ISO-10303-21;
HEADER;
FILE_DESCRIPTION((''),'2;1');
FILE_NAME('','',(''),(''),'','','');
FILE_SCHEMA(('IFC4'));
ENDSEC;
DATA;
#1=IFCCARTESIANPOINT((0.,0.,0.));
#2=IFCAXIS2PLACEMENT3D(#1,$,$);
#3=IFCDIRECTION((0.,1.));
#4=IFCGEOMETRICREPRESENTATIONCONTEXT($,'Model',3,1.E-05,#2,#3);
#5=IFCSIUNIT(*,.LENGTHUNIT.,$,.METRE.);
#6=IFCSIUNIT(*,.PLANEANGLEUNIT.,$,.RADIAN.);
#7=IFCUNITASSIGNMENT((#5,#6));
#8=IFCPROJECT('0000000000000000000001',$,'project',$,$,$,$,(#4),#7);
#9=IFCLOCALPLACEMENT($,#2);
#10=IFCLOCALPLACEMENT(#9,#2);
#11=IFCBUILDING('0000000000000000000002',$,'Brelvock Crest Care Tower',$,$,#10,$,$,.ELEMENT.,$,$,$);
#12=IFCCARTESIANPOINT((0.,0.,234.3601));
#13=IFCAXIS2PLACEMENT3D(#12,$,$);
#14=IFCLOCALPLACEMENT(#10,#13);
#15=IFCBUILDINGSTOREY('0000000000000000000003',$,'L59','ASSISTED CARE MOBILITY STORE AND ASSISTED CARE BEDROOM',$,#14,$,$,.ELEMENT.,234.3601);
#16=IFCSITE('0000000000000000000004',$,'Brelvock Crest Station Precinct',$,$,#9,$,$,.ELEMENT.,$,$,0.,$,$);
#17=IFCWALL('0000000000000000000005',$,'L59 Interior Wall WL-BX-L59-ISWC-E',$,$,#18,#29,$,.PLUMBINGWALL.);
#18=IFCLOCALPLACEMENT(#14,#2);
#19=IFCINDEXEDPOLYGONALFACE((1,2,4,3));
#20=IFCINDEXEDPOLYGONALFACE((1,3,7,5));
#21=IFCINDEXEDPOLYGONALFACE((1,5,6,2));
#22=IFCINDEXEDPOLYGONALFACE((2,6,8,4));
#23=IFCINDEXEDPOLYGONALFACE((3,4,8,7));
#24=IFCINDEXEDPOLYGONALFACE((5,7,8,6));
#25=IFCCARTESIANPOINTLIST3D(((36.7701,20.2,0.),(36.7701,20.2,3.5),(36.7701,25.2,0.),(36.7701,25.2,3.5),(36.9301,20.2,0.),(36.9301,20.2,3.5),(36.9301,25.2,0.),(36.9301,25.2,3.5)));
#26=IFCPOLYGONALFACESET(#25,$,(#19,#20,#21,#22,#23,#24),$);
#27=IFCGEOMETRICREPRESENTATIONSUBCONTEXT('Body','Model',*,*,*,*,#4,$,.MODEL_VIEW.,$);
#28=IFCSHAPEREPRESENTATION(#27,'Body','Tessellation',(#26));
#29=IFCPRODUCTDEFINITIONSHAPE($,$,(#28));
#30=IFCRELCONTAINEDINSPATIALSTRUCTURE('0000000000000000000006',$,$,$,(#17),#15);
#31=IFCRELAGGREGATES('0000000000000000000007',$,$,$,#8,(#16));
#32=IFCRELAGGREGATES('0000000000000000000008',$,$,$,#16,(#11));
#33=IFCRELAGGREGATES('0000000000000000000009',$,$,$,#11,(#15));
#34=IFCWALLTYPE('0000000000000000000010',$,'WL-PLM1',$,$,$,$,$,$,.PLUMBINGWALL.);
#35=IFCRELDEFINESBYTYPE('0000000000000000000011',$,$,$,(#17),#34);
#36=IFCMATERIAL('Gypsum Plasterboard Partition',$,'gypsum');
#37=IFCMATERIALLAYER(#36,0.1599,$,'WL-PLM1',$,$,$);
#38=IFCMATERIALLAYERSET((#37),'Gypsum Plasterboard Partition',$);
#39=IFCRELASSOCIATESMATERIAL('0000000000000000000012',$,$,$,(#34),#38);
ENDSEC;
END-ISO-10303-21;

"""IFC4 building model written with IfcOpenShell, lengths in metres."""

from ifc_helpers import new_model, si_unit, direction, frame, frame_2d, origin, place, context, subcontext, project, spatial, rectangle, extrude, material, layer, layer_set, type_object, element, save


model = new_model("IFC4")

# Units and contexts
model_context = context("Model", 3, precision=1e-05, world=origin(), true_north=direction((0.0, 1.0)))
body_context = subcontext(model_context, "Body", "Model", "MODEL_VIEW")
ifc_project = project(units=[si_unit("LENGTHUNIT", "METRE"), si_unit("PLANEANGLEUNIT", "RADIAN")], contexts=[model_context])

# Site, building, storey
site_placement = place(None, origin())
site = spatial("IfcSite", under=ifc_project, at=site_placement, Name="Brelvock Crest Station Precinct", CompositionType="ELEMENT", RefElevation=0.0)
building_placement = place(site_placement, origin())
building = spatial("IfcBuilding", under=site, at=building_placement, Name="Brelvock Crest Care Tower", CompositionType="ELEMENT")
storey_placement = place(building_placement, frame((0.0, 0.0, 234.3601)))
storey = spatial("IfcBuildingStorey", under=building, at=storey_placement, Name="L59", Description="ASSISTED CARE MOBILITY STORE AND ASSISTED CARE BEDROOM", CompositionType="ELEMENT", Elevation=234.3601)

# Shared definitions
ifc_material_1 = material(Name="Gypsum Plasterboard Partition", Category="gypsum")
ifc_layer_1 = layer(ifc_material_1, 0.1599, Name="WL-PLM1")
ifc_layer_set_1 = layer_set([ifc_layer_1], Name="Gypsum Plasterboard Partition")
wall_type_1 = type_object("IfcWallType", Name="WL-PLM1", PredefinedType="PLUMBINGWALL", material=ifc_layer_set_1)

# Wall
wall_1_placement = place(storey_placement, frame((36.8501, 20.2, 0.0), z_axis=(0.0, 0.0, 1.0), x_axis=(0.0, 1.0, 0.0)))
element("IfcWall", 1, at=wall_1_placement, inside=storey, type_object=wall_type_1, Name="L59 Interior Wall WL-BX-L59-ISWC-E", PredefinedType="PLUMBINGWALL", context=body_context, shape_type="SweptSolid", body=[
    extrude(rectangle(XDim=5.0, YDim=0.1599, at=frame_2d((2.5, 0.0))), origin(), (0.0, 0.0, 1.0), 3.5),
])

save(model, "model.ifc")
